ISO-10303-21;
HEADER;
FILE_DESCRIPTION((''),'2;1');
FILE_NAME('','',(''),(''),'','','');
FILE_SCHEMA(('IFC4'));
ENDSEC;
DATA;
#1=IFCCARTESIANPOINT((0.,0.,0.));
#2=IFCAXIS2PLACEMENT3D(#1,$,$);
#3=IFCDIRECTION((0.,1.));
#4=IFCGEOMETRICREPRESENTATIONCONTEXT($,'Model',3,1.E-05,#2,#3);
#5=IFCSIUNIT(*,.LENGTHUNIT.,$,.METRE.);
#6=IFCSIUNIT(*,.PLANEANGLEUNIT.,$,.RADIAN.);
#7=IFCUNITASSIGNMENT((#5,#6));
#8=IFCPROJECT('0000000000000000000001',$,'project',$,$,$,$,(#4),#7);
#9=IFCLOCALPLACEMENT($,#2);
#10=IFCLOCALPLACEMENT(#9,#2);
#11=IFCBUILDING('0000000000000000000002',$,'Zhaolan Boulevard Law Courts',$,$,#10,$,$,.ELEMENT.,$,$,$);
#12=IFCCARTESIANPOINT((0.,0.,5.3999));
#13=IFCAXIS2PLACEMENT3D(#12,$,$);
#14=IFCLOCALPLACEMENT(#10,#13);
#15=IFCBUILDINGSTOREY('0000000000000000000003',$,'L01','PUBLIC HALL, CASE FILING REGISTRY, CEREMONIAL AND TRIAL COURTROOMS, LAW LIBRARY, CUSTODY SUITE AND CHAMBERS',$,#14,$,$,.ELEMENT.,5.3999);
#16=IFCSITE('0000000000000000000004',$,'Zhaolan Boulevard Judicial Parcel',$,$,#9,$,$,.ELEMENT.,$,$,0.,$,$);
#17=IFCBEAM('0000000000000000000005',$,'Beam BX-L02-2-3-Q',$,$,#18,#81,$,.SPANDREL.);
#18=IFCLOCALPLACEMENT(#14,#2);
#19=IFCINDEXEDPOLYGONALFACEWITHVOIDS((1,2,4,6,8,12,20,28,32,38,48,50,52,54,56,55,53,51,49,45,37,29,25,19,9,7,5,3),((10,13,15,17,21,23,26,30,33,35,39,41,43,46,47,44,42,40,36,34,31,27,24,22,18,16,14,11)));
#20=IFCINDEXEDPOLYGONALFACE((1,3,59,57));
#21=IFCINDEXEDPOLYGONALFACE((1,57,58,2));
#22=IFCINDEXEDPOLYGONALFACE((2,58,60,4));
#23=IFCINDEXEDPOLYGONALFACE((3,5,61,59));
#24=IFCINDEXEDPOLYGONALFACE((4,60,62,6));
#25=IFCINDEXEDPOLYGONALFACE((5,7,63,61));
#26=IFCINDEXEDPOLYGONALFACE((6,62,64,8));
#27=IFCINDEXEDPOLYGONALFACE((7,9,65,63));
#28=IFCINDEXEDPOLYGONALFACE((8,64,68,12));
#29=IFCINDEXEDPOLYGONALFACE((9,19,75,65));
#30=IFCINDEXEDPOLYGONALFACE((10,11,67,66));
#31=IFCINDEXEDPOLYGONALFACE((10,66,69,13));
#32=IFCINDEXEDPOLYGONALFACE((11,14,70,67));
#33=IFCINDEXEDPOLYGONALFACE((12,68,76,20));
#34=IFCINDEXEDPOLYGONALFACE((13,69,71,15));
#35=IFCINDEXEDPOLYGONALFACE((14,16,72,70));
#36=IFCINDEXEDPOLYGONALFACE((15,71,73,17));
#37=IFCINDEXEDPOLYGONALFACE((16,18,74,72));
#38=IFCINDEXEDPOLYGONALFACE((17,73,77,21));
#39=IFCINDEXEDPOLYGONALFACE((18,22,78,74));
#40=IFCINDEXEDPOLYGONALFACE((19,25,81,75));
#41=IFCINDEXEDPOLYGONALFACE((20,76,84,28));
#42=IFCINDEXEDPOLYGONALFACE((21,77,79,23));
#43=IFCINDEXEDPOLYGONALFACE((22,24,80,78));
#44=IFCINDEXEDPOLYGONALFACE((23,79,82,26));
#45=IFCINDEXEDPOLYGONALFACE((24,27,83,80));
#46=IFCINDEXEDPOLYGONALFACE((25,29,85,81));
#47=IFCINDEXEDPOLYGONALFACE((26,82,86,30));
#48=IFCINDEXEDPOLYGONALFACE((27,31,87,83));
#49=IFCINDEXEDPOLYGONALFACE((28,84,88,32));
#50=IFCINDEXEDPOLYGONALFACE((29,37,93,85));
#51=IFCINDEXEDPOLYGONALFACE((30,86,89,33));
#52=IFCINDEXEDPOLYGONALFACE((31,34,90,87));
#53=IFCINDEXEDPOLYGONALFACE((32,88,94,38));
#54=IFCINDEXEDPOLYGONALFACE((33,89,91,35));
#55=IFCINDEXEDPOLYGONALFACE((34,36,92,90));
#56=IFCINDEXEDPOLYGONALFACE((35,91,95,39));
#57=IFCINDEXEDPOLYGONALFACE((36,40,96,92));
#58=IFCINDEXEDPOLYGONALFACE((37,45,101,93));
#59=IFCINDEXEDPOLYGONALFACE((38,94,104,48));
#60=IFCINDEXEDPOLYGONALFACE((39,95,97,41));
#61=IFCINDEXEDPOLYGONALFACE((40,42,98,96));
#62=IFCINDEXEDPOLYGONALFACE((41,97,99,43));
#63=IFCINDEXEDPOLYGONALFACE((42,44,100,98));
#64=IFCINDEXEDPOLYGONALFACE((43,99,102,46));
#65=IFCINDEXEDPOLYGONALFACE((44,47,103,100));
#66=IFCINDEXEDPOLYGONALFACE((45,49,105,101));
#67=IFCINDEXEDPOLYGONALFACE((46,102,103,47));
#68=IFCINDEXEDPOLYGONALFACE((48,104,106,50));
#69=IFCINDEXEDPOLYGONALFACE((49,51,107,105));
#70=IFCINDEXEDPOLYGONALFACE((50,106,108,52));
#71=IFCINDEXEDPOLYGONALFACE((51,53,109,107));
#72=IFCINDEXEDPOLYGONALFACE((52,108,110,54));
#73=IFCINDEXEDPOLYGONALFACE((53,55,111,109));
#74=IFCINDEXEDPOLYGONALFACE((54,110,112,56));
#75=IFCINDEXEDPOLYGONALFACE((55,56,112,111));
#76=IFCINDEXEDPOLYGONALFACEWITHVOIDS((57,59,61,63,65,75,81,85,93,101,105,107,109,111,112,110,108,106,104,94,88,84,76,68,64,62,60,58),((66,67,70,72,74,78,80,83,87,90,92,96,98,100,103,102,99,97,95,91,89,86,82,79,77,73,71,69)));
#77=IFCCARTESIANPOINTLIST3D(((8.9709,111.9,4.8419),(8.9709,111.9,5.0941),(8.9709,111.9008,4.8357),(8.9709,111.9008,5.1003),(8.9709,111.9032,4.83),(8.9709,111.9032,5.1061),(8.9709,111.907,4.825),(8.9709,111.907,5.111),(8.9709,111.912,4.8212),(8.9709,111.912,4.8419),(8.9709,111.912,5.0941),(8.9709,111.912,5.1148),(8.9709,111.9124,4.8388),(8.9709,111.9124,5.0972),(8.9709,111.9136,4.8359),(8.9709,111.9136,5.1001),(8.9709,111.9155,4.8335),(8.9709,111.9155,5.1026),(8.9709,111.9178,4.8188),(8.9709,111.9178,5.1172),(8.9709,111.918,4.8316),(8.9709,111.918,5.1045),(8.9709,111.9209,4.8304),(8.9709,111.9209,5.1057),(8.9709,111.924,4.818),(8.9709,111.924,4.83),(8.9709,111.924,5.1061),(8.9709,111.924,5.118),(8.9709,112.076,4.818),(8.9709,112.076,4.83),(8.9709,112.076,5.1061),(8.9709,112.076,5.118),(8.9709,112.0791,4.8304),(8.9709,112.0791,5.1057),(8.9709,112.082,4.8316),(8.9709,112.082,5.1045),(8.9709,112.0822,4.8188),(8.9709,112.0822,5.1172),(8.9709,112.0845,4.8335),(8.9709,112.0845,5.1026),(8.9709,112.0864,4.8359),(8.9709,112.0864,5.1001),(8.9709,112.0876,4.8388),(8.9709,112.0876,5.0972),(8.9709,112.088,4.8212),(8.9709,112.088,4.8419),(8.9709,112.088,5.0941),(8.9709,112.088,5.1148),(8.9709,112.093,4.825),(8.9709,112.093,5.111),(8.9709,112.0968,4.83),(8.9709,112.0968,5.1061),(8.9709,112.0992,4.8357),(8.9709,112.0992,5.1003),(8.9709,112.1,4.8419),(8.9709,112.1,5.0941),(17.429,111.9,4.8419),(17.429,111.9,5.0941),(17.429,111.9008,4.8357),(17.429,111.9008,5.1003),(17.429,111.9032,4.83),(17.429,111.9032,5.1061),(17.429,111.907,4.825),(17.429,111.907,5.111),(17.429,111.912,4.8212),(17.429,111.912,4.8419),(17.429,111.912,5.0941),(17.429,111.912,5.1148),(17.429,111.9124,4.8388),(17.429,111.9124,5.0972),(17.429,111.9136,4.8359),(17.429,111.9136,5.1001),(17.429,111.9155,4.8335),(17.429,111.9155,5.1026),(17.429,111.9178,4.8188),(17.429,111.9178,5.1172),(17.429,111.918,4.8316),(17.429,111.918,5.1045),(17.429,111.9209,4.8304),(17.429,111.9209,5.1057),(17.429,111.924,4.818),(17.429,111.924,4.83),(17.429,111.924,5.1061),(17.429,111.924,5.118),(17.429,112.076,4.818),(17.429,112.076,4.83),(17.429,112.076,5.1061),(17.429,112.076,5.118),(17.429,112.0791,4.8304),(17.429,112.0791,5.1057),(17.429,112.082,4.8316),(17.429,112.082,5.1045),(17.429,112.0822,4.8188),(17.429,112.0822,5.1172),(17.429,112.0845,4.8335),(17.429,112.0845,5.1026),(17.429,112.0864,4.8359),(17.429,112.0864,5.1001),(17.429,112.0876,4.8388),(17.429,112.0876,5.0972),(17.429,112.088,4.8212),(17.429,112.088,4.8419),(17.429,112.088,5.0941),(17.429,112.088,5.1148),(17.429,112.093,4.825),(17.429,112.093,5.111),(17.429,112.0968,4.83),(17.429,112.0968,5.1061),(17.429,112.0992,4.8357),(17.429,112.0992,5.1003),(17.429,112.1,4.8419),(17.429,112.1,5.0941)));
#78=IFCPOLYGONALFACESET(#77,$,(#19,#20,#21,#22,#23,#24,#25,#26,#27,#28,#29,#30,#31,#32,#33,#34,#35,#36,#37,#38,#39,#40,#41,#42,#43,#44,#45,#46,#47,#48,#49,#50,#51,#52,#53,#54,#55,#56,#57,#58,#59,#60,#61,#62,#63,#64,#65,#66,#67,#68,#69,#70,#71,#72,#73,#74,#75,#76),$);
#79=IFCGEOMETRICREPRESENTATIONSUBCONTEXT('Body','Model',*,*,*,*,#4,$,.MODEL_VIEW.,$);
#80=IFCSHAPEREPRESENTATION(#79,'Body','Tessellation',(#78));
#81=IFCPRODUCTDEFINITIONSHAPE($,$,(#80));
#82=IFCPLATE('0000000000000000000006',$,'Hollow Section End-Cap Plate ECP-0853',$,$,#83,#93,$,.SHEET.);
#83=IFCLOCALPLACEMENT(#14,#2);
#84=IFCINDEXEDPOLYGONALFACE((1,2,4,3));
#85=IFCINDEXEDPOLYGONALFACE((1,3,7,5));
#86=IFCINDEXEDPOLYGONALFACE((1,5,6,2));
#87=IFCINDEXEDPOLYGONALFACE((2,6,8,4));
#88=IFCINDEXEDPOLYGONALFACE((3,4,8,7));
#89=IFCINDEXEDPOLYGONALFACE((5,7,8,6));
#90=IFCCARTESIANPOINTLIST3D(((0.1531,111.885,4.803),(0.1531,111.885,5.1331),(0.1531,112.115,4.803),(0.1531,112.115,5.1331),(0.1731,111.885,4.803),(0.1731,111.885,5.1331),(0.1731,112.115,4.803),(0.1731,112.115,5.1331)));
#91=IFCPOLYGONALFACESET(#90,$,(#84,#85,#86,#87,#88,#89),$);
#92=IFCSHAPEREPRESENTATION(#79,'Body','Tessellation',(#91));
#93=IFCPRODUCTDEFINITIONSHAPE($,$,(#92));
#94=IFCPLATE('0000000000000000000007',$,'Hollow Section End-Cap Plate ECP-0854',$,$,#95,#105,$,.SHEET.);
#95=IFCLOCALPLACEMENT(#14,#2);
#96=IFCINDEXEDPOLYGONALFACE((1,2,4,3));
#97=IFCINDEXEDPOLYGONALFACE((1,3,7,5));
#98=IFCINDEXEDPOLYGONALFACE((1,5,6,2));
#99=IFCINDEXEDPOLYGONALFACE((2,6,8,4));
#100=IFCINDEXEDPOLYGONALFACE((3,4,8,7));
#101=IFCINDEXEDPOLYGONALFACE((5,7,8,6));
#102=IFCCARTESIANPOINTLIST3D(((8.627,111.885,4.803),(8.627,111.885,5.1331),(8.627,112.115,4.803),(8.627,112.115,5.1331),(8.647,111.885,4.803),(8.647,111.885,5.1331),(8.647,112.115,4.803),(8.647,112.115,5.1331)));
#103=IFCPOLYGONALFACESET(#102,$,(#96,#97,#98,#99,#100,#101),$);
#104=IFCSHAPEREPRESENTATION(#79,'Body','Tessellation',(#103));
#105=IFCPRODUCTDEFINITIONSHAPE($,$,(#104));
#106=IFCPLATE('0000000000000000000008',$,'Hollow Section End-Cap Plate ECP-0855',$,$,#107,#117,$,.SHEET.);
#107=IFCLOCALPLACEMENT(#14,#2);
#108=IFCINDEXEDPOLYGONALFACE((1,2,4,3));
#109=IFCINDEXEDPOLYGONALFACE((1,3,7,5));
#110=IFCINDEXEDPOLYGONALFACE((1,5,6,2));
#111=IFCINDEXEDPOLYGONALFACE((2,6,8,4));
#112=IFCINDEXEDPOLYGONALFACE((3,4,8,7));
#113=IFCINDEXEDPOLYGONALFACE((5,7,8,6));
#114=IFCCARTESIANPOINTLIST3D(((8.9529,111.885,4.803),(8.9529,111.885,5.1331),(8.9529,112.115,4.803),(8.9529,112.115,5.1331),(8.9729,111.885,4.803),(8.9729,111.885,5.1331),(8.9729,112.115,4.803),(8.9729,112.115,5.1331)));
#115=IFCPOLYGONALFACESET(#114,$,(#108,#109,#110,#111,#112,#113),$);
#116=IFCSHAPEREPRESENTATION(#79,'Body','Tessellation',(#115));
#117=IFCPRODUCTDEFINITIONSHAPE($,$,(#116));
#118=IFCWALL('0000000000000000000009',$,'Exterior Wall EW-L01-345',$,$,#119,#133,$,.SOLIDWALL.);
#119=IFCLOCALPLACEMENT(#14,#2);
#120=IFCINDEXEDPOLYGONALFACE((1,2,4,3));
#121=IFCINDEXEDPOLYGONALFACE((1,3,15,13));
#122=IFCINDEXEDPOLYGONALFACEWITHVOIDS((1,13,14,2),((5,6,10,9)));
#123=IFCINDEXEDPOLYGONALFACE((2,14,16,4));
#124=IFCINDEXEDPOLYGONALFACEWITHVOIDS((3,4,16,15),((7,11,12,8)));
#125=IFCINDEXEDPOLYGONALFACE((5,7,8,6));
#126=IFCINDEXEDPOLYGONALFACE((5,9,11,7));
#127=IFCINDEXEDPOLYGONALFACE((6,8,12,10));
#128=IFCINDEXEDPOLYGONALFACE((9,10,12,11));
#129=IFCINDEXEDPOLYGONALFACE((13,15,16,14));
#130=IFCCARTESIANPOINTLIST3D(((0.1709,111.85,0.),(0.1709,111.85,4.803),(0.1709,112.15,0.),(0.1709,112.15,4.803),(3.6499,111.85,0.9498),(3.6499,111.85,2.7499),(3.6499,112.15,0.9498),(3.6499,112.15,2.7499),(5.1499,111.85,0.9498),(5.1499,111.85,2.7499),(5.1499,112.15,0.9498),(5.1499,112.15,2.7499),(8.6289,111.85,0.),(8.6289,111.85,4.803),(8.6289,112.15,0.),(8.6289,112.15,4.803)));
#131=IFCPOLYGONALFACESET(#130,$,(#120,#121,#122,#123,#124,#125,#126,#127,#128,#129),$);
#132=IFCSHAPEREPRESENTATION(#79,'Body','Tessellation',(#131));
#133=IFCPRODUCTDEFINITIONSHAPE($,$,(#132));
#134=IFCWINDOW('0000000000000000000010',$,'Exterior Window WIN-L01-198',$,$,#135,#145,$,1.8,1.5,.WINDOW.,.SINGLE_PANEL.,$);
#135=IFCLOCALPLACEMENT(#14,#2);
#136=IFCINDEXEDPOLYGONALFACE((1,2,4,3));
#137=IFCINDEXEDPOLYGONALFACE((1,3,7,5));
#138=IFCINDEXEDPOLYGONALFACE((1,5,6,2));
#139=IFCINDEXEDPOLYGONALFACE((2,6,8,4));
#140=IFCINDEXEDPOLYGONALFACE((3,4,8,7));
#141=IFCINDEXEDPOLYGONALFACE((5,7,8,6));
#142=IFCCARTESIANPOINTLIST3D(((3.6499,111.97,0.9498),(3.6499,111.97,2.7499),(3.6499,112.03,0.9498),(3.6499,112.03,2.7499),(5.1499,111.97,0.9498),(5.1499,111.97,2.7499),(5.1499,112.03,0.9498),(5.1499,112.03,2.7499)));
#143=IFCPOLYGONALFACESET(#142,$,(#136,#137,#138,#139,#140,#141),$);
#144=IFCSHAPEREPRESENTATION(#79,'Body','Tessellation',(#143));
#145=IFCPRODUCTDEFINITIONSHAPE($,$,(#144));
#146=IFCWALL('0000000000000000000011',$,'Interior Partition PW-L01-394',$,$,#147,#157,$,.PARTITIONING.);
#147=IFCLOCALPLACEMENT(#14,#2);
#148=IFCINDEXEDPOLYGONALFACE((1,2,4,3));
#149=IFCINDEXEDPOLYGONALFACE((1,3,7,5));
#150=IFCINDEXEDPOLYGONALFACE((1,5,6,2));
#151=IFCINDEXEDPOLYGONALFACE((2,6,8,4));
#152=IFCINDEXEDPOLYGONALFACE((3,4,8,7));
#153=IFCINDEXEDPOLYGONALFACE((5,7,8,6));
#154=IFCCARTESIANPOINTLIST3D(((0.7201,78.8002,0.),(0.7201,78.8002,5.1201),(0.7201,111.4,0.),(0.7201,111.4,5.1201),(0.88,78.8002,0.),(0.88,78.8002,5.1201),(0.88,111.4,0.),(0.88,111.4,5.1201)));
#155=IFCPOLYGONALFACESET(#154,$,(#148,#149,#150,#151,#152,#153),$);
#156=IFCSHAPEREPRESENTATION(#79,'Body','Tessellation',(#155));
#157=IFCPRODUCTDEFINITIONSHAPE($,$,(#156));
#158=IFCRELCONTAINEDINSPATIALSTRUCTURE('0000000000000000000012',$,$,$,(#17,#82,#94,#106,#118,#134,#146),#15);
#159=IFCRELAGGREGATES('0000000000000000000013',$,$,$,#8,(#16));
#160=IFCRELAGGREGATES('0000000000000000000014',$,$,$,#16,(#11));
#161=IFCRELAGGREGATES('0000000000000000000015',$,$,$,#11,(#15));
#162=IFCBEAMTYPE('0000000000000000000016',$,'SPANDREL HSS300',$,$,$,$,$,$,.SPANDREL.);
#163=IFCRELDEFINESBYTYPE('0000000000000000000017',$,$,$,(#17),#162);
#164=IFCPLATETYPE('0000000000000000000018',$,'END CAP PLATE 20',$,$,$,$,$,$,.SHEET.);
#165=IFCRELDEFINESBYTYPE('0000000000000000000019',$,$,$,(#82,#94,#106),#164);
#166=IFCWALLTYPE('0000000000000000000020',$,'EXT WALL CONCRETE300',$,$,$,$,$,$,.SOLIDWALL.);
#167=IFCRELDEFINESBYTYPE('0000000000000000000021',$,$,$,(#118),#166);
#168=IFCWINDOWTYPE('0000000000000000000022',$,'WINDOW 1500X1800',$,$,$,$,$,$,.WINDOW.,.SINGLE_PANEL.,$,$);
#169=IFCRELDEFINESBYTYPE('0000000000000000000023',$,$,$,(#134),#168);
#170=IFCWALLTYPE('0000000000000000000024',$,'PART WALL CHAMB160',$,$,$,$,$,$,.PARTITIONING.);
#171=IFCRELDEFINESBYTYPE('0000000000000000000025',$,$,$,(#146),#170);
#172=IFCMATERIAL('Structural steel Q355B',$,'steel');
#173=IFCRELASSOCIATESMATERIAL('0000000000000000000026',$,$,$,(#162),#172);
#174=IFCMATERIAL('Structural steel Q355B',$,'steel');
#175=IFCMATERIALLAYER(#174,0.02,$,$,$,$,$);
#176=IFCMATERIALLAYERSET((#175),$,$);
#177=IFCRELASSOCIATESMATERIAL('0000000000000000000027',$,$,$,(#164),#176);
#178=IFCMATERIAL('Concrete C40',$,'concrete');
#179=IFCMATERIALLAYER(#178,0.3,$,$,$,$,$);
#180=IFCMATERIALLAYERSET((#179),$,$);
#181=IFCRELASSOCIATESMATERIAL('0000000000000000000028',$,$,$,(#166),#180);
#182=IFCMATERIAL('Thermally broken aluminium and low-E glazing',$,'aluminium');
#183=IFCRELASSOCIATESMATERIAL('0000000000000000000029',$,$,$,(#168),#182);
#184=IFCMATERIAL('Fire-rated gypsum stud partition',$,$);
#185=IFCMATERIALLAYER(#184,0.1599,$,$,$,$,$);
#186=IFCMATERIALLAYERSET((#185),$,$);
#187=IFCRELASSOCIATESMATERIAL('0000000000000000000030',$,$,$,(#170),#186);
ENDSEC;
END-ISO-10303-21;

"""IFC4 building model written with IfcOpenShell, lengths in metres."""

from ifc_helpers import new_model, si_unit, direction, frame, frame_2d, origin, origin_2d, place, context, subcontext, project, spatial, rectangle, hollow_rectangle, extrude, material, layer, layer_set, material_profile, profile_set, type_object, element, fill, save


model = new_model("IFC4")

# Units and contexts
model_context = context("Model", 3, precision=1e-05, world=origin(), true_north=direction((0.0, 1.0)))
body_context = subcontext(model_context, "Body", "Model", "MODEL_VIEW")
ifc_project = project(units=[si_unit("LENGTHUNIT", "METRE"), si_unit("PLANEANGLEUNIT", "RADIAN")], contexts=[model_context])

# Site, building, storey
site_placement = place(None, origin())
site = spatial("IfcSite", under=ifc_project, at=site_placement, Name="Zhaolan Boulevard Judicial Parcel", CompositionType="ELEMENT", RefElevation=0.0)
building_placement = place(site_placement, origin())
building = spatial("IfcBuilding", under=site, at=building_placement, Name="Zhaolan Boulevard Law Courts", CompositionType="ELEMENT")
storey_placement = place(building_placement, frame((0.0, 0.0, 5.3999)))
storey = spatial("IfcBuildingStorey", under=building, at=storey_placement, Name="L01", Description="PUBLIC HALL, CASE FILING REGISTRY, CEREMONIAL AND TRIAL COURTROOMS, LAW LIBRARY, CUSTODY SUITE AND CHAMBERS", CompositionType="ELEMENT", Elevation=5.3999)

# Beam
ifc_material_1 = material(Name="Structural steel Q355B", Category="steel")
ifc_material_profile_1 = material_profile(ifc_material_1, hollow_rectangle(XDim=0.2, YDim=0.3, WallThickness=0.012, InnerFilletRadius=0.012, OuterFilletRadius=0.0239, at=origin_2d()), Name="HSS300x200x12")
ifc_profile_set_1 = profile_set([ifc_material_profile_1], Name="Structural steel Q355B")
beam_type_1 = type_object("IfcBeamType", Name="SPANDREL HSS300", PredefinedType="SPANDREL", material=ifc_profile_set_1)
for number, where, z_axis, x_axis, name in (
    (1, (8.9709, 112.0, 4.968), (1.0, 0.0, 0.0), (0.0, 1.0, 0.0), "Beam BX-L02-2-3-Q"),
):
    element("IfcBeam", number, at=place(storey_placement, frame(where, z_axis=z_axis, x_axis=x_axis)), inside=storey, type_object=beam_type_1, Name=name, PredefinedType="SPANDREL", context=body_context, shape_type="SweptSolid", body=[
        extrude(hollow_rectangle(XDim=0.2, YDim=0.3, WallThickness=0.012, InnerFilletRadius=0.012, OuterFilletRadius=0.0239, at=origin_2d()), origin(), (0.0, 0.0, 1.0), 8.458),
    ])

# Plates
ifc_material_2 = material(Name="Structural steel Q355B", Category="steel")
ifc_layer_1 = layer(ifc_material_2, 0.02)
ifc_layer_set_1 = layer_set([ifc_layer_1])
plate_type = type_object("IfcPlateType", Name="END CAP PLATE 20", PredefinedType="SHEET", material=ifc_layer_set_1)
for number, where, z_axis, x_axis, name in (
    (2, (0.1631, 112.0, 4.803), (0.0, 0.0, 1.0), (1.0, 0.0, 0.0), "Hollow Section End-Cap Plate ECP-0853"),
    (3, (8.637, 112.0, 4.803), (0.0, 0.0, 1.0), (1.0, 0.0, 0.0), "Hollow Section End-Cap Plate ECP-0854"),
    (4, (8.9629, 112.0, 4.803), (0.0, 0.0, 1.0), (1.0, 0.0, 0.0), "Hollow Section End-Cap Plate ECP-0855"),
):
    element("IfcPlate", number, at=place(storey_placement, frame(where, z_axis=z_axis, x_axis=x_axis)), inside=storey, type_object=plate_type, Name=name, PredefinedType="SHEET", context=body_context, shape_type="SweptSolid", body=[
        extrude(rectangle(XDim=0.02, YDim=0.23, at=origin_2d()), origin(), (0.0, 0.0, 1.0), 0.3301),
    ])

# Wall, opening, window
ifc_material_3 = material(Name="Concrete C40", Category="concrete")
ifc_layer_2 = layer(ifc_material_3, 0.3)
ifc_layer_set_2 = layer_set([ifc_layer_2])
wall_type_1 = type_object("IfcWallType", Name="EXT WALL CONCRETE300", PredefinedType="SOLIDWALL", material=ifc_layer_set_2)
wall_1_placement = place(storey_placement, frame((8.6289, 112.0, 0.0), z_axis=(0.0, 0.0, 1.0), x_axis=(-1.0, 0.0, 0.0)))
wall_1 = element("IfcWall", 5, at=wall_1_placement, inside=storey, type_object=wall_type_1, Name="Exterior Wall EW-L01-345", PredefinedType="SOLIDWALL", context=body_context, shape_type="SweptSolid", body=[
    extrude(rectangle(XDim=8.458, YDim=0.3, at=frame_2d((4.229, 0.0))), origin(), (0.0, 0.0, 1.0), 4.803),
])
opening_placement = place(wall_1_placement, frame((3.479, 0.0, 0.95)))
opening = element("IfcOpeningElement", 6, at=opening_placement, cuts=wall_1, PredefinedType="OPENING", context=body_context, shape_type="SweptSolid", body=[
    extrude(rectangle(XDim=1.5, YDim=1.8, at=frame_2d((0.75, 0.8999))), frame((0.0, 0.1599, 0.0), z_axis=(0.0, -1.0, 0.0), x_axis=(1.0, 0.0, 0.0)), (0.0, 0.0, 1.0), 0.3201),
])
ifc_material_4 = material(Name="Thermally broken aluminium and low-E glazing", Category="aluminium")
window_type = type_object("IfcWindowType", Name="WINDOW 1500X1800", PartitioningType="SINGLE_PANEL", PredefinedType="WINDOW", material=ifc_material_4)
window_placement = place(opening_placement, origin())
window = element("IfcWindow", 7, at=window_placement, inside=storey, type_object=window_type, Name="Exterior Window WIN-L01-198", OverallHeight=1.8, OverallWidth=1.5, PartitioningType="SINGLE_PANEL", PredefinedType="WINDOW", context=body_context, shape_type="SweptSolid", body=[
    extrude(rectangle(XDim=1.5, YDim=1.8, at=frame_2d((0.75, 0.8999))), frame((0.0, 0.03, 0.0), z_axis=(0.0, -1.0, 0.0), x_axis=(1.0, 0.0, 0.0)), (0.0, 0.0, 1.0), 0.0601),
])
fill(opening, window)

# Wall
ifc_material_5 = material(Name="Fire-rated gypsum stud partition")
ifc_layer_3 = layer(ifc_material_5, 0.1599)
ifc_layer_set_3 = layer_set([ifc_layer_3])
wall_type_2 = type_object("IfcWallType", Name="PART WALL CHAMB160", PredefinedType="PARTITIONING", material=ifc_layer_set_3)
wall_2_placement = place(storey_placement, frame((0.8, 111.3999, 0.0), z_axis=(0.0, 0.0, 1.0), x_axis=(0.0, -1.0, 0.0)))
element("IfcWall", 8, at=wall_2_placement, inside=storey, type_object=wall_type_2, Name="Interior Partition PW-L01-394", PredefinedType="PARTITIONING", context=body_context, shape_type="SweptSolid", body=[
    extrude(rectangle(XDim=32.5999, YDim=0.1599, at=frame_2d((16.2998, 0.0))), origin(), (0.0, 0.0, 1.0), 5.1201),
])

save(model, "model.ifc")
